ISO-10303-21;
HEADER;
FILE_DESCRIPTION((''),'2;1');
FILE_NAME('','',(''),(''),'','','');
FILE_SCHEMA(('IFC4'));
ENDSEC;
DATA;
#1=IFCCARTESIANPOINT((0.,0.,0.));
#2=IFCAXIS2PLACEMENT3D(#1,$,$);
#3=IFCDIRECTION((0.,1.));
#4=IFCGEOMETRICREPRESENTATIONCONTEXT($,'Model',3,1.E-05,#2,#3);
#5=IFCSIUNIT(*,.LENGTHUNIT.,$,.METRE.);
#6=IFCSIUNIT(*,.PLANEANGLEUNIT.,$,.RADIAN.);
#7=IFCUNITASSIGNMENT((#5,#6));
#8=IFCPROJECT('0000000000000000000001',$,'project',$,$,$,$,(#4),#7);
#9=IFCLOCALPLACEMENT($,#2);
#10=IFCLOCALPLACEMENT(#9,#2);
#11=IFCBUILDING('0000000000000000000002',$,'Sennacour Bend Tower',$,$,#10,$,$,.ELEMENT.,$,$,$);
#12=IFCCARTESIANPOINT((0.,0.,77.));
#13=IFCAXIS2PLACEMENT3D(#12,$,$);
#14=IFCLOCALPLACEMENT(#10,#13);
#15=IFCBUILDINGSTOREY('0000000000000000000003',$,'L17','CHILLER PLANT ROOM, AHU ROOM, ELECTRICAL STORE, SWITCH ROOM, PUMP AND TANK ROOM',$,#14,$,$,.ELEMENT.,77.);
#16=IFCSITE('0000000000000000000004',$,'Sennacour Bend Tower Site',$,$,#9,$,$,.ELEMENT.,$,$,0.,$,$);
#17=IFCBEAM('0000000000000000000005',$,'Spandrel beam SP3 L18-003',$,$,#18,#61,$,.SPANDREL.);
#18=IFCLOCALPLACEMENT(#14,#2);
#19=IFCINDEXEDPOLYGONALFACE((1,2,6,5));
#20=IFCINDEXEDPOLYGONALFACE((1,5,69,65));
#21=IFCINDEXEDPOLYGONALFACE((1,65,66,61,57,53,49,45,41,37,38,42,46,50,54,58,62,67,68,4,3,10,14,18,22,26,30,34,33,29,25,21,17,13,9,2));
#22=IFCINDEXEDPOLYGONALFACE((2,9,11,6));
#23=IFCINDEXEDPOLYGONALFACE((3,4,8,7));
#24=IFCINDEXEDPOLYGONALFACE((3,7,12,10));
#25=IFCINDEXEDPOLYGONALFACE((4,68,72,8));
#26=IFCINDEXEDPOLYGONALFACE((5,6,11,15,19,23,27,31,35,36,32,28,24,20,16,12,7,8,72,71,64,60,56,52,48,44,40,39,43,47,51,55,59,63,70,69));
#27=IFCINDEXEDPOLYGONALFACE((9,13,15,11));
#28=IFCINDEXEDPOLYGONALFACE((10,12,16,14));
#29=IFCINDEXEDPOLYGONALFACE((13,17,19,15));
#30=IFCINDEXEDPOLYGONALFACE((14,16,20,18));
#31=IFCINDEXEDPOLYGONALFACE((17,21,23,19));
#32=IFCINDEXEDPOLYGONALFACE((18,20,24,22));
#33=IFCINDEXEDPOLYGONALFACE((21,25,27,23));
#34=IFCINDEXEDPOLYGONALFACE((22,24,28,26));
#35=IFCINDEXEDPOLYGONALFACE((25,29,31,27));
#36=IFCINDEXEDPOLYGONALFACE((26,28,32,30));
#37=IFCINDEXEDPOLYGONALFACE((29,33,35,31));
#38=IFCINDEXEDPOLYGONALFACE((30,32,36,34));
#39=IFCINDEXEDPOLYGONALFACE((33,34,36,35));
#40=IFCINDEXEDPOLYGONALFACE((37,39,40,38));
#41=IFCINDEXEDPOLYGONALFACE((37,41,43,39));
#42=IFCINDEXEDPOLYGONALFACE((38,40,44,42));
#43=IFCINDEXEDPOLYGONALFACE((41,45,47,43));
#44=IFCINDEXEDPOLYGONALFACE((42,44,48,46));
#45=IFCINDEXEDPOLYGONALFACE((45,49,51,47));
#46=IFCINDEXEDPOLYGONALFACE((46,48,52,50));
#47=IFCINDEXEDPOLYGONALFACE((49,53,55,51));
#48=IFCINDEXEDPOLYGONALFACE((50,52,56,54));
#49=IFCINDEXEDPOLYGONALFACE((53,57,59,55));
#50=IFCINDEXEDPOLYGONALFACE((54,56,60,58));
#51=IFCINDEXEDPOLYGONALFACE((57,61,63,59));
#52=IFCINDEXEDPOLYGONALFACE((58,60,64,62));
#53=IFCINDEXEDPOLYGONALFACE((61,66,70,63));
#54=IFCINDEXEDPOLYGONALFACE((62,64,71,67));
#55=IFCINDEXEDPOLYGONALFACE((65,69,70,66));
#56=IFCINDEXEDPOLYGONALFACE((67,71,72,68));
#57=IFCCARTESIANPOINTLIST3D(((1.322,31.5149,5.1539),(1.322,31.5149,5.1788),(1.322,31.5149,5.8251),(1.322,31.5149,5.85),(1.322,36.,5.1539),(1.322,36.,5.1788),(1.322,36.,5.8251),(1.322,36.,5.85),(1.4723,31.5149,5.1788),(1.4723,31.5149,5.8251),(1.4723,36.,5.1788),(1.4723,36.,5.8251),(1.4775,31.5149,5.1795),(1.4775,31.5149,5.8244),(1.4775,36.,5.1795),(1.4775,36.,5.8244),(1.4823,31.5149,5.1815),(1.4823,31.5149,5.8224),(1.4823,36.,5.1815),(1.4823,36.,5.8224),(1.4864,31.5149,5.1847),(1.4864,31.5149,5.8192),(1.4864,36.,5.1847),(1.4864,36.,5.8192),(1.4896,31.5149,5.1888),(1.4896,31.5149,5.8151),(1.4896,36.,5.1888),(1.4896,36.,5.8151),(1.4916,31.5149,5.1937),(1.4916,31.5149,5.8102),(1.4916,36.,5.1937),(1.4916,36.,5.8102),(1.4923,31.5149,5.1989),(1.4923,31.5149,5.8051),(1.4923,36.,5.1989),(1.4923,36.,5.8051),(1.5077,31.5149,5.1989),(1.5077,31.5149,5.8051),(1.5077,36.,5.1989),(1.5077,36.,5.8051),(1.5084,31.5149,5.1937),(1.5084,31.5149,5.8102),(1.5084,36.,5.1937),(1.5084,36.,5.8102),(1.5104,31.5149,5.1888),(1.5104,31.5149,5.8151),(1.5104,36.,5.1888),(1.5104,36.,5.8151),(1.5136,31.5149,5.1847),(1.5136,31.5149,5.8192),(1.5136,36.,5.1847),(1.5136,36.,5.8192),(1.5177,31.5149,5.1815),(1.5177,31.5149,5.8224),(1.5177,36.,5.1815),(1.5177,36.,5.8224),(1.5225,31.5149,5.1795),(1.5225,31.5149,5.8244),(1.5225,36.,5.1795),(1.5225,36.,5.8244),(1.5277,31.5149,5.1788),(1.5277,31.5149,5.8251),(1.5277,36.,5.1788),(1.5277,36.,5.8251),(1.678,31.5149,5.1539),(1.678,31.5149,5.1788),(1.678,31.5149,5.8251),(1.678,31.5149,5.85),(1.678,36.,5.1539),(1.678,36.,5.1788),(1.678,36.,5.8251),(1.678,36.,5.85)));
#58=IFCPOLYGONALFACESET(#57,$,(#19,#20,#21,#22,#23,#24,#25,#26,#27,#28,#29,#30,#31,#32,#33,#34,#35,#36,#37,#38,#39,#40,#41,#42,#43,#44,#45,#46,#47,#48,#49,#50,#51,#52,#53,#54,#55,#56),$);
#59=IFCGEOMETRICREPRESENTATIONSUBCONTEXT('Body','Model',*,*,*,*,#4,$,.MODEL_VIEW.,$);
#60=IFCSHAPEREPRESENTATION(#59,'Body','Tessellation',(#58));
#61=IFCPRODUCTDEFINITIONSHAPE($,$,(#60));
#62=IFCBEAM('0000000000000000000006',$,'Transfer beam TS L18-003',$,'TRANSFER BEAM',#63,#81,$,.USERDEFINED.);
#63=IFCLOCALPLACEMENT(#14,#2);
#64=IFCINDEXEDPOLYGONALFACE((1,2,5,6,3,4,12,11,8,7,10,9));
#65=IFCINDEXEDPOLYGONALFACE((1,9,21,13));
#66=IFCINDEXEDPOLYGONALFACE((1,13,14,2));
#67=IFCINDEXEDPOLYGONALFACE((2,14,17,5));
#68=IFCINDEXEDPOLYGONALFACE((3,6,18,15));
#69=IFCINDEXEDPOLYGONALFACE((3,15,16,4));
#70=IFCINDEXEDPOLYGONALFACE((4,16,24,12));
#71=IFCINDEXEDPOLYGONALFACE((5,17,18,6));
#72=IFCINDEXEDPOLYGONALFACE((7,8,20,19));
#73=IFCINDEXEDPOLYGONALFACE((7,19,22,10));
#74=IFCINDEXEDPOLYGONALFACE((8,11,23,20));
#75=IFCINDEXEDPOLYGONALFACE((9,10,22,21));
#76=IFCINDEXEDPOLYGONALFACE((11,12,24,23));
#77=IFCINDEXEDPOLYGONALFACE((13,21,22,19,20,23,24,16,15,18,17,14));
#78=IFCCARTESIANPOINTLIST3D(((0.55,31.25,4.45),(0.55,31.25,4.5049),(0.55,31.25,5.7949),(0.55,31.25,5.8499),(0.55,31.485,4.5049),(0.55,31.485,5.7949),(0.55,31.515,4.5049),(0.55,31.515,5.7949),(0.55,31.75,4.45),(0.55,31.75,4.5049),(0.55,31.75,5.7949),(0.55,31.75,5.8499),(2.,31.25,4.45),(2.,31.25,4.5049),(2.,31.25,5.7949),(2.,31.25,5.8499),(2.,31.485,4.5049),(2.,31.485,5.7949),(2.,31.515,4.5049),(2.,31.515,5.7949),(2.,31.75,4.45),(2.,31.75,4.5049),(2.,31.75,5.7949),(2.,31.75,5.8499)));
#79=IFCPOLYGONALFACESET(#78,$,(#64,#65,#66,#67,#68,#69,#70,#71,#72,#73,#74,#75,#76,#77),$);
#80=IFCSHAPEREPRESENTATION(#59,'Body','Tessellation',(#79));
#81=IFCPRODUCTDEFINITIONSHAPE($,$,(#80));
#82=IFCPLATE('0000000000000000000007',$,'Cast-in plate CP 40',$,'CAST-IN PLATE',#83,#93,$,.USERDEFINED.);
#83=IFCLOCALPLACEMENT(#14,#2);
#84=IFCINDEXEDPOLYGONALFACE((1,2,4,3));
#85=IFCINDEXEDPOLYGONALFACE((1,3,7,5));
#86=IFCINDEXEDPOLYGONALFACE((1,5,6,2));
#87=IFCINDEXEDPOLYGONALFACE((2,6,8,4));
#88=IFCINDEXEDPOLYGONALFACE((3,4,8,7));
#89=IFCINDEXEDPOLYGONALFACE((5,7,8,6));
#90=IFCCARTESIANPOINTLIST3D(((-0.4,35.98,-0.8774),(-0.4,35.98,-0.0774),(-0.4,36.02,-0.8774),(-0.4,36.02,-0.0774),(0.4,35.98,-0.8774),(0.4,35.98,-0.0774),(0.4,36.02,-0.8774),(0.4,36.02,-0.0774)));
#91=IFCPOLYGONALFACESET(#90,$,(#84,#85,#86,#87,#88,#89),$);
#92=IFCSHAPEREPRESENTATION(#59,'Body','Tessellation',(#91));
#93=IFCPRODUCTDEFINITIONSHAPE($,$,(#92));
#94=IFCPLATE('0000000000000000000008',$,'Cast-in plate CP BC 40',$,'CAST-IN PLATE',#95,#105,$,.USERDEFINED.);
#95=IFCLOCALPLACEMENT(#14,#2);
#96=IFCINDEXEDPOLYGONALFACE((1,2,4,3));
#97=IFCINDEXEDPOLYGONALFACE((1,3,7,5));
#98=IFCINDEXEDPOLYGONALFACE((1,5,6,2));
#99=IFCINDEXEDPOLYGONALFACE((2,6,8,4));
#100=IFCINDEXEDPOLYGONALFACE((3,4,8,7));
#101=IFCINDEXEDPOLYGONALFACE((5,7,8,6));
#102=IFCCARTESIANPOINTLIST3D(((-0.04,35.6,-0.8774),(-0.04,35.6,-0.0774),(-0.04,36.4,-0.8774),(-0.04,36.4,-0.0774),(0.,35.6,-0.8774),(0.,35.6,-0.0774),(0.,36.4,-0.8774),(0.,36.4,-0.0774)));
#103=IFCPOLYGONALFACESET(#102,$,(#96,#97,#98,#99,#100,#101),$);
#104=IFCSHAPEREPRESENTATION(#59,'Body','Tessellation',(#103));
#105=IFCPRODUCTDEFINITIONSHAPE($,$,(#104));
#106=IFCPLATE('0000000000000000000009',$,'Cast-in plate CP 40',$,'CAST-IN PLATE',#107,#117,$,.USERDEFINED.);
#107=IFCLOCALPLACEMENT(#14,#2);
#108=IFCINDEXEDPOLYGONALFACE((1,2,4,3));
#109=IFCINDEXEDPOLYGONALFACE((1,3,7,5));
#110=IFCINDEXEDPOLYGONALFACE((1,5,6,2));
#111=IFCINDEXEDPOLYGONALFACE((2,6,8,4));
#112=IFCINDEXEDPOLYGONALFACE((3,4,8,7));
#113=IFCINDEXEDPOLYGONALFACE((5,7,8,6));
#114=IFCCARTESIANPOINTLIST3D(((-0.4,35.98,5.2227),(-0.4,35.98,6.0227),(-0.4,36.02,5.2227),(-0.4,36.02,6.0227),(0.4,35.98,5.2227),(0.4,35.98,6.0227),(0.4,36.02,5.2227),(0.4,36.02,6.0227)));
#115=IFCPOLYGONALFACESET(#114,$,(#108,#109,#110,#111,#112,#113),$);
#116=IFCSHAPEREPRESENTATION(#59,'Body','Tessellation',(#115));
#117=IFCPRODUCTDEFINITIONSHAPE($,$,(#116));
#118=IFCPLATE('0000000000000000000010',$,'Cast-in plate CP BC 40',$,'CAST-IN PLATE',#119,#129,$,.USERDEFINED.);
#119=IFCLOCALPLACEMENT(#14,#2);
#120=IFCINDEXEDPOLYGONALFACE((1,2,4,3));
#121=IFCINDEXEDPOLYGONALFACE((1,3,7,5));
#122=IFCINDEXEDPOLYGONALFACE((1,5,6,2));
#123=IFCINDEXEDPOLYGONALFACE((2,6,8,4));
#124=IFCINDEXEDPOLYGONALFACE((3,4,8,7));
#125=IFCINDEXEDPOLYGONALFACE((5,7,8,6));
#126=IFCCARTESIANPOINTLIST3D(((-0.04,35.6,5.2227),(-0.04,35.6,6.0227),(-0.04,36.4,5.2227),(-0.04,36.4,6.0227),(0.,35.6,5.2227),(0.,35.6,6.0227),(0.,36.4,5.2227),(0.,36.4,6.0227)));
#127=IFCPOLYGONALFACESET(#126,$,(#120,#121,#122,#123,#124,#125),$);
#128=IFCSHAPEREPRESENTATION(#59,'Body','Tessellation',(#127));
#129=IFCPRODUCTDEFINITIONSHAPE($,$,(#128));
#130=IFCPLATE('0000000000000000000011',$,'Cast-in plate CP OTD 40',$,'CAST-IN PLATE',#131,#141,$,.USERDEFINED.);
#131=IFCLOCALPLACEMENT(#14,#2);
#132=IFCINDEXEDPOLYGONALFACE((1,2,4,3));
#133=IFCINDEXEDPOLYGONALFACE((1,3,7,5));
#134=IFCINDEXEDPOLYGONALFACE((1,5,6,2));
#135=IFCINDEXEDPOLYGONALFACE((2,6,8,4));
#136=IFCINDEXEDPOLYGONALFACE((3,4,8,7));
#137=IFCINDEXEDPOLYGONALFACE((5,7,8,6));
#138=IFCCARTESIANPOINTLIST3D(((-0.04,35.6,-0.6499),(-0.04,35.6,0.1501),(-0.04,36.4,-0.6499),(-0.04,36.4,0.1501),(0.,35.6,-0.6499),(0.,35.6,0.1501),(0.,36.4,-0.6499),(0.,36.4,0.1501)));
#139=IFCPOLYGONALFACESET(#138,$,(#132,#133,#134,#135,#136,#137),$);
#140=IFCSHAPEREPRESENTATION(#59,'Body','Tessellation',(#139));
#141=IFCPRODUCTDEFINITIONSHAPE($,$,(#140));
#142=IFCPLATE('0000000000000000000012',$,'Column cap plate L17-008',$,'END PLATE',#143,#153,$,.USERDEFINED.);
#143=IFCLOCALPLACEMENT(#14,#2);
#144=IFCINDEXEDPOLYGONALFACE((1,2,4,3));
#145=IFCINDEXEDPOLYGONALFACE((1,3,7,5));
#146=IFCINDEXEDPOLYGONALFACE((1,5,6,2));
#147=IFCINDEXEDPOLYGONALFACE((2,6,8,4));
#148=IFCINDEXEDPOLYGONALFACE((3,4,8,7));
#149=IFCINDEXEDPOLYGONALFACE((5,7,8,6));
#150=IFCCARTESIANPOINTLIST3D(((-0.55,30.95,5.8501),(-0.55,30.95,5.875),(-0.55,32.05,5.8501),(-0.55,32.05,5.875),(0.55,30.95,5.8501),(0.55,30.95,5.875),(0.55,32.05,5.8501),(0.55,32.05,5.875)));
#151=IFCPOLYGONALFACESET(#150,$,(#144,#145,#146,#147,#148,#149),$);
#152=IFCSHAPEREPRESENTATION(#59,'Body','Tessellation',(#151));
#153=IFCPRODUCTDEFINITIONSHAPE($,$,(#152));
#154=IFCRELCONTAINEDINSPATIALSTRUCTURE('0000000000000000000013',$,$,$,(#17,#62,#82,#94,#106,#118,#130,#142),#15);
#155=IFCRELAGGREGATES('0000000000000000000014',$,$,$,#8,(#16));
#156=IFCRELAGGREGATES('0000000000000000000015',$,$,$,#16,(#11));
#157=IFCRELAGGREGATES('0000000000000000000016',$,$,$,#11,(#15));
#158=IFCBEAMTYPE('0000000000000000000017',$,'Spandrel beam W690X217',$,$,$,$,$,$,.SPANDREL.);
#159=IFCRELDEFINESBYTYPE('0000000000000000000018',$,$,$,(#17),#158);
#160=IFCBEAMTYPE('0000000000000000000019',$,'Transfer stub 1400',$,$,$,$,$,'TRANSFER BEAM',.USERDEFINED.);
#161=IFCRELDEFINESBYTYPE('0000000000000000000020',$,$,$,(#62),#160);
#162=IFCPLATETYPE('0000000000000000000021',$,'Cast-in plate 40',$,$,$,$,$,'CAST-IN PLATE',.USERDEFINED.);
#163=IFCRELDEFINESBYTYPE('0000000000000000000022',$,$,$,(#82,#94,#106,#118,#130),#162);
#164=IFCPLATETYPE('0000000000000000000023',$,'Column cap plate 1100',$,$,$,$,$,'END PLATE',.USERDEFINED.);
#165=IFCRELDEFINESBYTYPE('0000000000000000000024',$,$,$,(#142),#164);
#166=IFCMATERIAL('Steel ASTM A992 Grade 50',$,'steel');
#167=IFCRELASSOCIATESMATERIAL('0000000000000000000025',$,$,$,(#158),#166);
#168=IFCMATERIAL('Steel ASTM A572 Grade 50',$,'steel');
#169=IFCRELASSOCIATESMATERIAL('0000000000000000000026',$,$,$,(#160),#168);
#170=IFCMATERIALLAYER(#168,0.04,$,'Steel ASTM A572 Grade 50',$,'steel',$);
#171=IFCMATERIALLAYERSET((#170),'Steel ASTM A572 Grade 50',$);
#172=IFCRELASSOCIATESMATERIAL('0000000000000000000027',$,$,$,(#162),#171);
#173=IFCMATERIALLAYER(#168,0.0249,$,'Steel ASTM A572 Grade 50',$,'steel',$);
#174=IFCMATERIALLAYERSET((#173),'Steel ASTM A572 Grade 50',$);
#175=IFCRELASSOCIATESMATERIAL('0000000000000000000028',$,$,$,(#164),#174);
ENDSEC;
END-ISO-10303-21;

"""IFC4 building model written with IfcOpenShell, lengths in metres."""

from ifc_helpers import new_model, si_unit, direction, frame, origin, origin_2d, place, context, subcontext, project, spatial, rectangle, i_section, extrude, material, layer, layer_set, material_profile, profile_set, type_object, element, save


model = new_model("IFC4")

# Units and contexts
model_context = context("Model", 3, precision=1e-05, world=origin(), true_north=direction((0.0, 1.0)))
body_context = subcontext(model_context, "Body", "Model", "MODEL_VIEW")
ifc_project = project(units=[si_unit("LENGTHUNIT", "METRE"), si_unit("PLANEANGLEUNIT", "RADIAN")], contexts=[model_context])

# Site, building, storey
site_placement = place(None, origin())
site = spatial("IfcSite", under=ifc_project, at=site_placement, Name="Sennacour Bend Tower Site", CompositionType="ELEMENT", RefElevation=0.0)
building_placement = place(site_placement, origin())
building = spatial("IfcBuilding", under=site, at=building_placement, Name="Sennacour Bend Tower", CompositionType="ELEMENT")
storey_placement = place(building_placement, frame((0.0, 0.0, 77.0)))
storey = spatial("IfcBuildingStorey", under=building, at=storey_placement, Name="L17", Description="CHILLER PLANT ROOM, AHU ROOM, ELECTRICAL STORE, SWITCH ROOM, PUMP AND TANK ROOM", CompositionType="ELEMENT", Elevation=77.0)

# Shared definitions
ifc_material_1 = material(Name="Steel ASTM A572 Grade 50", Category="steel")

# Shared definitions
ifc_material_2 = material(Name="Steel ASTM A992 Grade 50", Category="steel")

# Beams
ifc_material_profile_1 = material_profile(ifc_material_2, i_section(OverallWidth=0.356, OverallDepth=0.696, WebThickness=0.0154, FlangeThickness=0.0249, FilletRadius=0.02, at=origin_2d()), Name="Steel ASTM A992 Grade 50", Category="steel")
ifc_profile_set_1 = profile_set([ifc_material_profile_1], Name="Steel ASTM A992 Grade 50")
beam_type_1 = type_object("IfcBeamType", Name="Spandrel beam W690X217", PredefinedType="SPANDREL", material=ifc_profile_set_1)
beam_1_placement = place(storey_placement, frame((1.5, 31.5149, 5.502), z_axis=(0.0, 1.0, 0.0), x_axis=(-1.0, 0.0, 0.0)))
element("IfcBeam", 1, at=beam_1_placement, inside=storey, type_object=beam_type_1, Name="Spandrel beam SP3 L18-003", PredefinedType="SPANDREL", context=body_context, shape_type="SweptSolid", body=[
    extrude(i_section(OverallWidth=0.356, OverallDepth=0.696, WebThickness=0.0154, FlangeThickness=0.0249, FilletRadius=0.02, at=origin_2d()), origin(), (0.0, 0.0, 1.0), 4.4851),
])
ifc_material_profile_2 = material_profile(ifc_material_1, i_section(OverallWidth=0.5, OverallDepth=1.3999, WebThickness=0.03, FlangeThickness=0.0549, at=origin_2d()), Name="Steel ASTM A572 Grade 50", Category="steel")
ifc_profile_set_2 = profile_set([ifc_material_profile_2], Name="Steel ASTM A572 Grade 50")
beam_type_2 = type_object("IfcBeamType", Name="Transfer stub 1400", ElementType="TRANSFER BEAM", PredefinedType="USERDEFINED", material=ifc_profile_set_2)
beam_2_placement = place(storey_placement, frame((0.55, 31.5, 5.1499), z_axis=(1.0, 0.0, 0.0), x_axis=(0.0, 1.0, 0.0)))
element("IfcBeam", 2, at=beam_2_placement, inside=storey, type_object=beam_type_2, Name="Transfer beam TS L18-003", ObjectType="TRANSFER BEAM", PredefinedType="USERDEFINED", context=body_context, shape_type="SweptSolid", body=[
    extrude(i_section(OverallWidth=0.5, OverallDepth=1.3999, WebThickness=0.03, FlangeThickness=0.0549, at=origin_2d()), origin(), (0.0, 0.0, 1.0), 1.45),
])

# Plates
ifc_layer_1 = layer(ifc_material_1, 0.04, Name="Steel ASTM A572 Grade 50", Category="steel")
ifc_layer_set_1 = layer_set([ifc_layer_1], Name="Steel ASTM A572 Grade 50")
plate_type_1 = type_object("IfcPlateType", Name="Cast-in plate 40", ElementType="CAST-IN PLATE", PredefinedType="USERDEFINED", material=ifc_layer_set_1)
plate_1_placement = place(storey_placement, frame((0.0, 36.0, -0.8774), z_axis=(0.0, 0.0, 1.0), x_axis=(1.0, 0.0, 0.0)))
element("IfcPlate", 3, at=plate_1_placement, inside=storey, type_object=plate_type_1, Name="Cast-in plate CP 40", ObjectType="CAST-IN PLATE", PredefinedType="USERDEFINED", context=body_context, shape_type="SweptSolid", body=[
    extrude(rectangle(XDim=0.8, YDim=0.04, at=origin_2d()), origin(), (0.0, 0.0, 1.0), 0.8),
])
plate_2_placement = place(storey_placement, frame((-0.02, 36.0, -0.8774), z_axis=(0.0, 0.0, 1.0), x_axis=(1.0, 0.0, 0.0)))
element("IfcPlate", 4, at=plate_2_placement, inside=storey, type_object=plate_type_1, Name="Cast-in plate CP BC 40", ObjectType="CAST-IN PLATE", PredefinedType="USERDEFINED", context=body_context, shape_type="SweptSolid", body=[
    extrude(rectangle(XDim=0.04, YDim=0.8, at=origin_2d()), origin(), (0.0, 0.0, 1.0), 0.8),
])
plate_3_placement = place(storey_placement, frame((0.0, 36.0, 5.2227), z_axis=(0.0, 0.0, 1.0), x_axis=(1.0, 0.0, 0.0)))
element("IfcPlate", 5, at=plate_3_placement, inside=storey, type_object=plate_type_1, Name="Cast-in plate CP 40", ObjectType="CAST-IN PLATE", PredefinedType="USERDEFINED", context=body_context, shape_type="SweptSolid", body=[
    extrude(rectangle(XDim=0.8, YDim=0.04, at=origin_2d()), origin(), (0.0, 0.0, 1.0), 0.8),
])
for number, where, z_axis, x_axis, name in (
    (6, (-0.02, 36.0, 5.2227), (0.0, 0.0, 1.0), (1.0, 0.0, 0.0), "Cast-in plate CP BC 40"),
    (7, (-0.02, 36.0, -0.6499), (0.0, 0.0, 1.0), (1.0, 0.0, 0.0), "Cast-in plate CP OTD 40"),
):
    element("IfcPlate", number, at=place(storey_placement, frame(where, z_axis=z_axis, x_axis=x_axis)), inside=storey, type_object=plate_type_1, Name=name, ObjectType="CAST-IN PLATE", PredefinedType="USERDEFINED", context=body_context, shape_type="SweptSolid", body=[
        extrude(rectangle(XDim=0.04, YDim=0.8, at=origin_2d()), origin(), (0.0, 0.0, 1.0), 0.8),
    ])
ifc_layer_2 = layer(ifc_material_1, 0.0249, Name="Steel ASTM A572 Grade 50", Category="steel")
ifc_layer_set_2 = layer_set([ifc_layer_2], Name="Steel ASTM A572 Grade 50")
plate_type_2 = type_object("IfcPlateType", Name="Column cap plate 1100", ElementType="END PLATE", PredefinedType="USERDEFINED", material=ifc_layer_set_2)
plate_4_placement = place(storey_placement, frame((0.0, 31.5, 5.8501), z_axis=(0.0, 0.0, 1.0), x_axis=(1.0, 0.0, 0.0)))
element("IfcPlate", 8, at=plate_4_placement, inside=storey, type_object=plate_type_2, Name="Column cap plate L17-008", ObjectType="END PLATE", PredefinedType="USERDEFINED", context=body_context, shape_type="SweptSolid", body=[
    extrude(rectangle(XDim=1.1001, YDim=1.1001, at=origin_2d()), origin(), (0.0, 0.0, 1.0), 0.0249),
])

save(model, "model.ifc")
